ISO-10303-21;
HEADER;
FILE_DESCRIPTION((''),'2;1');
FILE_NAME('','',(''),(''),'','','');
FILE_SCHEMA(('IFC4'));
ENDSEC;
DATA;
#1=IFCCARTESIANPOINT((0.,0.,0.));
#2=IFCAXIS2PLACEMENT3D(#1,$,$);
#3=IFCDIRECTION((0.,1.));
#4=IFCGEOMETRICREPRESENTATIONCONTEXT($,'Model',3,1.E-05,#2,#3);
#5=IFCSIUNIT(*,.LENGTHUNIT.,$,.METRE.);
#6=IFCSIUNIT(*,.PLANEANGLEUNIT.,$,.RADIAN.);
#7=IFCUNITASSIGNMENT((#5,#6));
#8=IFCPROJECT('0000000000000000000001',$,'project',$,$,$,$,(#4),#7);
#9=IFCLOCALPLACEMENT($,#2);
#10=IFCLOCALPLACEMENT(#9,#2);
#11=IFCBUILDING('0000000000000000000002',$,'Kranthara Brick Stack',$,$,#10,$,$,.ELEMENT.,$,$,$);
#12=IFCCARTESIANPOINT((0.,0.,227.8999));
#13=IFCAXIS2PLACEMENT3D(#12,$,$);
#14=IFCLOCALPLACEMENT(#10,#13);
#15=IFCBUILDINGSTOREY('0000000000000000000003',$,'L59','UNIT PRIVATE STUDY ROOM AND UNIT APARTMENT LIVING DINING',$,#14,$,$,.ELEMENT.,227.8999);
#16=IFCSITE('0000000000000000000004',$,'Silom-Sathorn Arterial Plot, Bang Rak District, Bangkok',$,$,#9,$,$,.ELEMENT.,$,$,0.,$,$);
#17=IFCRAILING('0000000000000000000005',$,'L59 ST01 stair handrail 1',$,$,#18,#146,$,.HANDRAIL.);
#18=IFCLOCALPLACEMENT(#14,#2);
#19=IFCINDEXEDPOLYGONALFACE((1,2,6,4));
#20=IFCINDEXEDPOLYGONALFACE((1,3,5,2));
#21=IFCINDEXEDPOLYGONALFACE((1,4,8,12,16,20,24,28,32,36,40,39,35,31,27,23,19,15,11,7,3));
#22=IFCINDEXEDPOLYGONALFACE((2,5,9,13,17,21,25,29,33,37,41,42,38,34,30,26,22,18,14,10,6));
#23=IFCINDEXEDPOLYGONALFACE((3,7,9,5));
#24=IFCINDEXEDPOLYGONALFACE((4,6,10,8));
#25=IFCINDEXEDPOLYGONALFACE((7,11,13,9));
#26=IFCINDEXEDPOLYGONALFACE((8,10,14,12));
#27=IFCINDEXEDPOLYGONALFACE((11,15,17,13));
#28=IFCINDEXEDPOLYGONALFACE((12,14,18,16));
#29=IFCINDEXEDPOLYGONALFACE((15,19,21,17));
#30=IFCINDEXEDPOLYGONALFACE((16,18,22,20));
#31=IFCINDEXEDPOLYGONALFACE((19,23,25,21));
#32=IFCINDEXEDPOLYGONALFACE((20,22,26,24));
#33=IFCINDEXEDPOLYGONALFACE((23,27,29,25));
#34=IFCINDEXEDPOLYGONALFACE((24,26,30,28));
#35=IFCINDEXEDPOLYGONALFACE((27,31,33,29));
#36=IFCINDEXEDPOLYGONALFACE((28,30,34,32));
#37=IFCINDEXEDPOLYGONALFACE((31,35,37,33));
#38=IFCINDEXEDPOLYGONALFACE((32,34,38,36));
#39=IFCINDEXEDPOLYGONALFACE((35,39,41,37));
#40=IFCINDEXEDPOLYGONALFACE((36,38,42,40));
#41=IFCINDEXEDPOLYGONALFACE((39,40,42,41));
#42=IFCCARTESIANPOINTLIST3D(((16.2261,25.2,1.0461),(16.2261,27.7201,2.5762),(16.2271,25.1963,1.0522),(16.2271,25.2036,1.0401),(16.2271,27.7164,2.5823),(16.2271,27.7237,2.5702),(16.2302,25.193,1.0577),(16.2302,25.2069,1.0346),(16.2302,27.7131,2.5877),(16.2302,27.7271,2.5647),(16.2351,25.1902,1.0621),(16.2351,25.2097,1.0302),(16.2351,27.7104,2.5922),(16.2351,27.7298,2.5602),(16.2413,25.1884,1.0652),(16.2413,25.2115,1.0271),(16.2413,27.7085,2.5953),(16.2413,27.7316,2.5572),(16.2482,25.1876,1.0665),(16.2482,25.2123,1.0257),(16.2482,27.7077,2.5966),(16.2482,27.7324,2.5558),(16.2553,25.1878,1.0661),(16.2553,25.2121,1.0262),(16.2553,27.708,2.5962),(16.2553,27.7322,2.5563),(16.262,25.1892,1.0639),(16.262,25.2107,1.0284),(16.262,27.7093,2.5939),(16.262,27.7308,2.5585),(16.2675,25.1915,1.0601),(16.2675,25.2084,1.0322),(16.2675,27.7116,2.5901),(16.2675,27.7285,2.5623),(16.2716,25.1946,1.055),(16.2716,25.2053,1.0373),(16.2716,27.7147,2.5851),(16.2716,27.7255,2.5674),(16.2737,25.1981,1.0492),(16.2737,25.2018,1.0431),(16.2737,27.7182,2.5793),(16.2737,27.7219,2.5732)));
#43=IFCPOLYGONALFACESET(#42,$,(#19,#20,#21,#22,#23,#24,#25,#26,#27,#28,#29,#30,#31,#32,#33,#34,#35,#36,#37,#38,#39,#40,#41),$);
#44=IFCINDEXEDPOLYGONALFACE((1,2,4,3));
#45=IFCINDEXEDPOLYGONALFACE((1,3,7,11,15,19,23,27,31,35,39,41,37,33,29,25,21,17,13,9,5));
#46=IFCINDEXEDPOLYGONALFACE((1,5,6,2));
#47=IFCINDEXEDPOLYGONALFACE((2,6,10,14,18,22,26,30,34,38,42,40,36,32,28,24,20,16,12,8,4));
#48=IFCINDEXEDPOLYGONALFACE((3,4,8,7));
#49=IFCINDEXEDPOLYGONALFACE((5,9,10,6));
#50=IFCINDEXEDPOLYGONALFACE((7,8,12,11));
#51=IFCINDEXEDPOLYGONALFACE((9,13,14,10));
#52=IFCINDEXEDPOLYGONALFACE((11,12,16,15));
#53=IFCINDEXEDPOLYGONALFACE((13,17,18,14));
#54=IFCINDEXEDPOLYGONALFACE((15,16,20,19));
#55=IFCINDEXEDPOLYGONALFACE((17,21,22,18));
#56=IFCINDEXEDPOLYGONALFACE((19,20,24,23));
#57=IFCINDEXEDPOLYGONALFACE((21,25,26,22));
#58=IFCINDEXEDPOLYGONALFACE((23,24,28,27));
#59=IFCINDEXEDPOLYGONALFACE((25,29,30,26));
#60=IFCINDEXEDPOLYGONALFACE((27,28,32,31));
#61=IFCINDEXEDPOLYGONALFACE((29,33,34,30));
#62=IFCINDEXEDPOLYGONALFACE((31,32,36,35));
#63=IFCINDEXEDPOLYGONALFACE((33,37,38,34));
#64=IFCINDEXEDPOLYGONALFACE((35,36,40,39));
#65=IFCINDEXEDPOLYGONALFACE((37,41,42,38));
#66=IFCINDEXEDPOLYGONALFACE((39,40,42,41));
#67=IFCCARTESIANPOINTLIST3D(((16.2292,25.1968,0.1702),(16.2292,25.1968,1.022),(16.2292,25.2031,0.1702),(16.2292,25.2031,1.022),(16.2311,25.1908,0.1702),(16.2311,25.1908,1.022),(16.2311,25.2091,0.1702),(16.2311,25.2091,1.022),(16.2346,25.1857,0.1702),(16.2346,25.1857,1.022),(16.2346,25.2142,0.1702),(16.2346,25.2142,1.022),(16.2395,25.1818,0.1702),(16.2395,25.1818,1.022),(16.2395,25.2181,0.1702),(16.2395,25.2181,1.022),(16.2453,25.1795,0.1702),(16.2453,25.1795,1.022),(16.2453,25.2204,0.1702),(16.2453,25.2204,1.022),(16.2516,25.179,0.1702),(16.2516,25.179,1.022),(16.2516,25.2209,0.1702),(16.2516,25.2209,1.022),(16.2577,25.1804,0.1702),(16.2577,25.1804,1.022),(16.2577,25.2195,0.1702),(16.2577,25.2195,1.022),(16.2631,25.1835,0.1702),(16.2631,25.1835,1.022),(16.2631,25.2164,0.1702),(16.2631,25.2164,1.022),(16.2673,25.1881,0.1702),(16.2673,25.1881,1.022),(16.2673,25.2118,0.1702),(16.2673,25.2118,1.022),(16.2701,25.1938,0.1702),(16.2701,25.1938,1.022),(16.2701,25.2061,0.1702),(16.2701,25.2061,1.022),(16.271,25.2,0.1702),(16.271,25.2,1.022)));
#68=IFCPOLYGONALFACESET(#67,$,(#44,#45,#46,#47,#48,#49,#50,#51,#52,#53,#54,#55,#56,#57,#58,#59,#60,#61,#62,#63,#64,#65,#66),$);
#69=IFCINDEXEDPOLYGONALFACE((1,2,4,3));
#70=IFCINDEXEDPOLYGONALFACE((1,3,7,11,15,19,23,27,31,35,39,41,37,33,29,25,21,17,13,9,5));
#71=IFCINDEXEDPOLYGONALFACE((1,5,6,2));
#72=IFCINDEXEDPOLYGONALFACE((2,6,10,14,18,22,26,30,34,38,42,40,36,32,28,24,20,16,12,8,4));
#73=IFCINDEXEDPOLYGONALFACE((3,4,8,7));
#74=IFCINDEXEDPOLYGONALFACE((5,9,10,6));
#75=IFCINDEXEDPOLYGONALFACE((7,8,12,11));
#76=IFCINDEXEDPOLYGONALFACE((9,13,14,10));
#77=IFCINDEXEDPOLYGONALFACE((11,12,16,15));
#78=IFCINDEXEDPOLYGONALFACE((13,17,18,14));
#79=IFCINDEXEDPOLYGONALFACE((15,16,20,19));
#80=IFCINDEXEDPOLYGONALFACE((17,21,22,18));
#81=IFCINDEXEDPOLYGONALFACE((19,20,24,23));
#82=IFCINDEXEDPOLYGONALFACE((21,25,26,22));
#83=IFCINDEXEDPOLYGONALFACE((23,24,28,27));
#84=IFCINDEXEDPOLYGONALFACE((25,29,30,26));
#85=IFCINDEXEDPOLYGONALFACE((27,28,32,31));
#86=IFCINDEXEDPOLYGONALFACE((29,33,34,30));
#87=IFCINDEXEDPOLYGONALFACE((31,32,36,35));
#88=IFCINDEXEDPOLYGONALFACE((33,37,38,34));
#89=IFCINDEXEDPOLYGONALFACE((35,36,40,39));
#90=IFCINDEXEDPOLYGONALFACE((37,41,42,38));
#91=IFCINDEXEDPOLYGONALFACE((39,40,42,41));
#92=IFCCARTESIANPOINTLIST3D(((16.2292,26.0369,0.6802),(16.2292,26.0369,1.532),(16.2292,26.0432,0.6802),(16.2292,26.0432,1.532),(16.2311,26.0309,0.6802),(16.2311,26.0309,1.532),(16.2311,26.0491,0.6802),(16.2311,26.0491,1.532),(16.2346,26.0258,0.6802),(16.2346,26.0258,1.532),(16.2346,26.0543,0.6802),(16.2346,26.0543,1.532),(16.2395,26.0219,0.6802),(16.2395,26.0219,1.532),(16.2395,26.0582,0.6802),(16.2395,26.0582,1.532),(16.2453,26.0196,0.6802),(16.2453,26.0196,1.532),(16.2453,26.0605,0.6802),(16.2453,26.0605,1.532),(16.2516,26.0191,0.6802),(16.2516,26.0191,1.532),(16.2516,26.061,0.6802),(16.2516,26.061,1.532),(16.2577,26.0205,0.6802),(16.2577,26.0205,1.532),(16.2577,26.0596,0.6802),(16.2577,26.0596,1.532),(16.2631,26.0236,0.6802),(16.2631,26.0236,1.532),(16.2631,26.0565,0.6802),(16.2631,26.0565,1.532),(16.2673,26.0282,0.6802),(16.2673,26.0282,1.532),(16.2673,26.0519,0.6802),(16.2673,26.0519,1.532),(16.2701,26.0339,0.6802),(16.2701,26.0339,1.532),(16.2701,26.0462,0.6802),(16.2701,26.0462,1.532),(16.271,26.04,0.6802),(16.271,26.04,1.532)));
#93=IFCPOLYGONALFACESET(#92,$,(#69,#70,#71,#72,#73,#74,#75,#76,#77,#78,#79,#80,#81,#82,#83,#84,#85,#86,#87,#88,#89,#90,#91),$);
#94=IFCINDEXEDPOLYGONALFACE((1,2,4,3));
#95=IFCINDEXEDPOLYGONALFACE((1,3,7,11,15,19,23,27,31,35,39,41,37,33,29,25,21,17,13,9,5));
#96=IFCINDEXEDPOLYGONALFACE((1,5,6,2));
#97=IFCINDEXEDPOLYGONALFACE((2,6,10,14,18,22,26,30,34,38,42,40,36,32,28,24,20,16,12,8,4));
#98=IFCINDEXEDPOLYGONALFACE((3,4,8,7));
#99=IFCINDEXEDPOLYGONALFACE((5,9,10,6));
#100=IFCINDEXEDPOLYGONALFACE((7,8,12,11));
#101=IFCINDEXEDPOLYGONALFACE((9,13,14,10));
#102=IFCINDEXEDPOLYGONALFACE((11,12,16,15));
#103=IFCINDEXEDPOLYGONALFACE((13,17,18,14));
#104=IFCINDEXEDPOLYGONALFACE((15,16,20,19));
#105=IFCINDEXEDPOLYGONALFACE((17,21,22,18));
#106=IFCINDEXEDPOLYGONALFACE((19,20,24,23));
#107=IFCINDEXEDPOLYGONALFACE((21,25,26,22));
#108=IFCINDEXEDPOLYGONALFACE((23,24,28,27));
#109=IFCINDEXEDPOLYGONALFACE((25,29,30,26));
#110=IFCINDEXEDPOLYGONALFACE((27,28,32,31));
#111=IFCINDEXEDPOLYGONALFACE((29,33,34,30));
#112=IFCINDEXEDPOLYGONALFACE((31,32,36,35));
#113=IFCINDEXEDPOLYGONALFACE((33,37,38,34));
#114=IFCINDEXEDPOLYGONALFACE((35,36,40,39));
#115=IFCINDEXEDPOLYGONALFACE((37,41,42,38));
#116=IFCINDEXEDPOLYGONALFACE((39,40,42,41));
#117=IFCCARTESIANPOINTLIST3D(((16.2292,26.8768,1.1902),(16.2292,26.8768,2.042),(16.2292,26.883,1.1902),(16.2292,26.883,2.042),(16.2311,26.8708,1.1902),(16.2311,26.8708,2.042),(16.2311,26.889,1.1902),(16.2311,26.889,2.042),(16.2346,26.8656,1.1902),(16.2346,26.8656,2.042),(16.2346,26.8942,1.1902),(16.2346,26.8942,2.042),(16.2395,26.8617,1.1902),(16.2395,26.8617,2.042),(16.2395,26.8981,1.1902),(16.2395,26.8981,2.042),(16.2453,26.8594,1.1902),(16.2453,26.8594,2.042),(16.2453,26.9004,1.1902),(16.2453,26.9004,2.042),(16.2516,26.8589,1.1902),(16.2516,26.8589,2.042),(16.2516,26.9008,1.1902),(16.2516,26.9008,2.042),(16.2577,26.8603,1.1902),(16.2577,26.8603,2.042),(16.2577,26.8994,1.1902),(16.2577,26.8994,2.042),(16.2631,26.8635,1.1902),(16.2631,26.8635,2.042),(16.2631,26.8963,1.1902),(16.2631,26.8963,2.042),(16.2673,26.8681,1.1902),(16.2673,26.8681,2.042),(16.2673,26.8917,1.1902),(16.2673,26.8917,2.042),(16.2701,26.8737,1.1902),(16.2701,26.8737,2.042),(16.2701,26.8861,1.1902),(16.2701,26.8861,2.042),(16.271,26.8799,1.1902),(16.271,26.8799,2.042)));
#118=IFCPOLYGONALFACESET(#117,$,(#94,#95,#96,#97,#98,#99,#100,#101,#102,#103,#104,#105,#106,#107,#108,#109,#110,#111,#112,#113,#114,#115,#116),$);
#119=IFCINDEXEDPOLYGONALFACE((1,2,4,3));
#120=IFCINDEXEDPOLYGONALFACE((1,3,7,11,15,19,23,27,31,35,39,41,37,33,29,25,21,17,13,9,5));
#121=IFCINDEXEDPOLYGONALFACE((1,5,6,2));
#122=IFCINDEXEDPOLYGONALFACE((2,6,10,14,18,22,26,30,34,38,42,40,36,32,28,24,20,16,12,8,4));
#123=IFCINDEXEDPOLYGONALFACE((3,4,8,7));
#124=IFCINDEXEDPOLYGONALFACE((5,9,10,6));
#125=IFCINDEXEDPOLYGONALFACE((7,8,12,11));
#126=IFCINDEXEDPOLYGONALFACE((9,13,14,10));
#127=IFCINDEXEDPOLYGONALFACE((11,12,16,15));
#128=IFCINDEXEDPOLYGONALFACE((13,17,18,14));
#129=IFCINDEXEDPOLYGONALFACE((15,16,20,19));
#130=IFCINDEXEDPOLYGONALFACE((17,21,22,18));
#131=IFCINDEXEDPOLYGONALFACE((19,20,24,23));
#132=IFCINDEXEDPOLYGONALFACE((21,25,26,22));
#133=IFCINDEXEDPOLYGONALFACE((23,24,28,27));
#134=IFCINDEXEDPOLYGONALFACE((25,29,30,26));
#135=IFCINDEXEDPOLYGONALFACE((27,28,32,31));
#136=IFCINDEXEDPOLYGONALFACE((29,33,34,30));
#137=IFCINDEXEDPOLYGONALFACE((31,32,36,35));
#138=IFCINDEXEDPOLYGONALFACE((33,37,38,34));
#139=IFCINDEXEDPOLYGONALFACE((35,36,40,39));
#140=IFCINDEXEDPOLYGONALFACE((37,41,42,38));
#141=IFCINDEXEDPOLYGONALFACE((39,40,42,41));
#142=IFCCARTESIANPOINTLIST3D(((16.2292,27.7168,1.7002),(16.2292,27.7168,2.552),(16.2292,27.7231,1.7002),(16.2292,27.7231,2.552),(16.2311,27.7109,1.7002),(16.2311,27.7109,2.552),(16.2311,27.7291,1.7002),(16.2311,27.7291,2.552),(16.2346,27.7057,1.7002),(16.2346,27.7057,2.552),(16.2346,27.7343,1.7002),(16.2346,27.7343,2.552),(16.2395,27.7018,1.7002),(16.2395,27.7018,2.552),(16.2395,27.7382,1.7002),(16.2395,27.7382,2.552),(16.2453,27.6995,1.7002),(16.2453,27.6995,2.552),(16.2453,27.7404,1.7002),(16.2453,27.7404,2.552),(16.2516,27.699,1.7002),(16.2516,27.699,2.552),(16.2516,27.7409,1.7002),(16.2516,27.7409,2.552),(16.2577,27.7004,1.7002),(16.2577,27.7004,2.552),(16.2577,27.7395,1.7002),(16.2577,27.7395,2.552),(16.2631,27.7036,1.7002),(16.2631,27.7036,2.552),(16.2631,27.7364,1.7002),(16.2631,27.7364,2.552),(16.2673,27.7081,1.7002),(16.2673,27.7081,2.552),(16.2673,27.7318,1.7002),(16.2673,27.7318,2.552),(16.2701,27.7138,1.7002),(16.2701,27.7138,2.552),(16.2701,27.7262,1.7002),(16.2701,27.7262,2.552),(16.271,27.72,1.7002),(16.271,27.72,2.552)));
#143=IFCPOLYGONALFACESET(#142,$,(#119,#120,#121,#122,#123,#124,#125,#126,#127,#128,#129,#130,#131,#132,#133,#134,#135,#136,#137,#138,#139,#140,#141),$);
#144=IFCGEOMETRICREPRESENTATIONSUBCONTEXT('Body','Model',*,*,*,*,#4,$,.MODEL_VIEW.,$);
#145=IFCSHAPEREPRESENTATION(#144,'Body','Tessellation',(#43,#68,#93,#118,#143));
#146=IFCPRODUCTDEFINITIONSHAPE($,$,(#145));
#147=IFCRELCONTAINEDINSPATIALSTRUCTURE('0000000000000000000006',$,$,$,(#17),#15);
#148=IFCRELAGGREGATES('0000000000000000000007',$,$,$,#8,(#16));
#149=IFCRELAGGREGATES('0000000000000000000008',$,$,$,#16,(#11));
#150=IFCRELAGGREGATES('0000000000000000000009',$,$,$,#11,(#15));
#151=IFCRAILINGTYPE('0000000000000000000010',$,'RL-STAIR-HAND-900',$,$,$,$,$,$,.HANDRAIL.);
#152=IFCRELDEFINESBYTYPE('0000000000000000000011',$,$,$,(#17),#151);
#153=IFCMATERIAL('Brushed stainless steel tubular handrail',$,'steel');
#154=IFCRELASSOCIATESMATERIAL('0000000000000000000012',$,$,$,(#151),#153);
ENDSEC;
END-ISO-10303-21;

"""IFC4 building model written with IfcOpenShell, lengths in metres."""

from ifc_helpers import new_model, si_unit, direction, frame, origin, origin_2d, place, context, subcontext, project, spatial, circle, extrude, material, type_object, element, save


model = new_model("IFC4")

# Units and contexts
model_context = context("Model", 3, precision=1e-05, world=origin(), true_north=direction((0.0, 1.0)))
body_context = subcontext(model_context, "Body", "Model", "MODEL_VIEW")
ifc_project = project(units=[si_unit("LENGTHUNIT", "METRE"), si_unit("PLANEANGLEUNIT", "RADIAN")], contexts=[model_context])

# Site, building, storey
site_placement = place(None, origin())
site = spatial("IfcSite", under=ifc_project, at=site_placement, Name="Silom-Sathorn Arterial Plot, Bang Rak District, Bangkok", CompositionType="ELEMENT", RefElevation=0.0)
building_placement = place(site_placement, origin())
building = spatial("IfcBuilding", under=site, at=building_placement, Name="Kranthara Brick Stack", CompositionType="ELEMENT")
storey_placement = place(building_placement, frame((0.0, 0.0, 227.8999)))
storey = spatial("IfcBuildingStorey", under=building, at=storey_placement, Name="L59", Description="UNIT PRIVATE STUDY ROOM AND UNIT APARTMENT LIVING DINING", CompositionType="ELEMENT", Elevation=227.8999)

# Railing
ifc_material_1 = material(Name="Brushed stainless steel tubular handrail", Category="steel")
railing_type = type_object("IfcRailingType", Name="RL-STAIR-HAND-900", PredefinedType="HANDRAIL", material=ifc_material_1)
railing_placement = place(storey_placement, frame((16.25, 25.2, 0.1702)))
element("IfcRailing", 1, at=railing_placement, inside=storey, type_object=railing_type, Name="L59 ST01 stair handrail 1", PredefinedType="HANDRAIL", context=body_context, shape_type="SweptSolid", body=[
    extrude(circle(Radius=0.0239, at=origin_2d()), frame((0.0, 0.0, 0.876), z_axis=(0.0, 0.854785, 0.518982), x_axis=(-1.0, 0.0, 0.0)), (0.0, 0.0, 1.0), 2.9482),
    extrude(circle(Radius=0.021, at=origin_2d()), origin(), (0.0, 0.0, 1.0), 0.8518),
    extrude(circle(Radius=0.021, at=origin_2d()), frame((0.0, 0.8401, 0.51)), (0.0, 0.0, 1.0), 0.8518),
    extrude(circle(Radius=0.021, at=origin_2d()), frame((0.0, 1.6799, 1.02)), (0.0, 0.0, 1.0), 0.8518),
    extrude(circle(Radius=0.021, at=origin_2d()), frame((0.0, 2.52, 1.53)), (0.0, 0.0, 1.0), 0.8518),
])

save(model, "model.ifc")
